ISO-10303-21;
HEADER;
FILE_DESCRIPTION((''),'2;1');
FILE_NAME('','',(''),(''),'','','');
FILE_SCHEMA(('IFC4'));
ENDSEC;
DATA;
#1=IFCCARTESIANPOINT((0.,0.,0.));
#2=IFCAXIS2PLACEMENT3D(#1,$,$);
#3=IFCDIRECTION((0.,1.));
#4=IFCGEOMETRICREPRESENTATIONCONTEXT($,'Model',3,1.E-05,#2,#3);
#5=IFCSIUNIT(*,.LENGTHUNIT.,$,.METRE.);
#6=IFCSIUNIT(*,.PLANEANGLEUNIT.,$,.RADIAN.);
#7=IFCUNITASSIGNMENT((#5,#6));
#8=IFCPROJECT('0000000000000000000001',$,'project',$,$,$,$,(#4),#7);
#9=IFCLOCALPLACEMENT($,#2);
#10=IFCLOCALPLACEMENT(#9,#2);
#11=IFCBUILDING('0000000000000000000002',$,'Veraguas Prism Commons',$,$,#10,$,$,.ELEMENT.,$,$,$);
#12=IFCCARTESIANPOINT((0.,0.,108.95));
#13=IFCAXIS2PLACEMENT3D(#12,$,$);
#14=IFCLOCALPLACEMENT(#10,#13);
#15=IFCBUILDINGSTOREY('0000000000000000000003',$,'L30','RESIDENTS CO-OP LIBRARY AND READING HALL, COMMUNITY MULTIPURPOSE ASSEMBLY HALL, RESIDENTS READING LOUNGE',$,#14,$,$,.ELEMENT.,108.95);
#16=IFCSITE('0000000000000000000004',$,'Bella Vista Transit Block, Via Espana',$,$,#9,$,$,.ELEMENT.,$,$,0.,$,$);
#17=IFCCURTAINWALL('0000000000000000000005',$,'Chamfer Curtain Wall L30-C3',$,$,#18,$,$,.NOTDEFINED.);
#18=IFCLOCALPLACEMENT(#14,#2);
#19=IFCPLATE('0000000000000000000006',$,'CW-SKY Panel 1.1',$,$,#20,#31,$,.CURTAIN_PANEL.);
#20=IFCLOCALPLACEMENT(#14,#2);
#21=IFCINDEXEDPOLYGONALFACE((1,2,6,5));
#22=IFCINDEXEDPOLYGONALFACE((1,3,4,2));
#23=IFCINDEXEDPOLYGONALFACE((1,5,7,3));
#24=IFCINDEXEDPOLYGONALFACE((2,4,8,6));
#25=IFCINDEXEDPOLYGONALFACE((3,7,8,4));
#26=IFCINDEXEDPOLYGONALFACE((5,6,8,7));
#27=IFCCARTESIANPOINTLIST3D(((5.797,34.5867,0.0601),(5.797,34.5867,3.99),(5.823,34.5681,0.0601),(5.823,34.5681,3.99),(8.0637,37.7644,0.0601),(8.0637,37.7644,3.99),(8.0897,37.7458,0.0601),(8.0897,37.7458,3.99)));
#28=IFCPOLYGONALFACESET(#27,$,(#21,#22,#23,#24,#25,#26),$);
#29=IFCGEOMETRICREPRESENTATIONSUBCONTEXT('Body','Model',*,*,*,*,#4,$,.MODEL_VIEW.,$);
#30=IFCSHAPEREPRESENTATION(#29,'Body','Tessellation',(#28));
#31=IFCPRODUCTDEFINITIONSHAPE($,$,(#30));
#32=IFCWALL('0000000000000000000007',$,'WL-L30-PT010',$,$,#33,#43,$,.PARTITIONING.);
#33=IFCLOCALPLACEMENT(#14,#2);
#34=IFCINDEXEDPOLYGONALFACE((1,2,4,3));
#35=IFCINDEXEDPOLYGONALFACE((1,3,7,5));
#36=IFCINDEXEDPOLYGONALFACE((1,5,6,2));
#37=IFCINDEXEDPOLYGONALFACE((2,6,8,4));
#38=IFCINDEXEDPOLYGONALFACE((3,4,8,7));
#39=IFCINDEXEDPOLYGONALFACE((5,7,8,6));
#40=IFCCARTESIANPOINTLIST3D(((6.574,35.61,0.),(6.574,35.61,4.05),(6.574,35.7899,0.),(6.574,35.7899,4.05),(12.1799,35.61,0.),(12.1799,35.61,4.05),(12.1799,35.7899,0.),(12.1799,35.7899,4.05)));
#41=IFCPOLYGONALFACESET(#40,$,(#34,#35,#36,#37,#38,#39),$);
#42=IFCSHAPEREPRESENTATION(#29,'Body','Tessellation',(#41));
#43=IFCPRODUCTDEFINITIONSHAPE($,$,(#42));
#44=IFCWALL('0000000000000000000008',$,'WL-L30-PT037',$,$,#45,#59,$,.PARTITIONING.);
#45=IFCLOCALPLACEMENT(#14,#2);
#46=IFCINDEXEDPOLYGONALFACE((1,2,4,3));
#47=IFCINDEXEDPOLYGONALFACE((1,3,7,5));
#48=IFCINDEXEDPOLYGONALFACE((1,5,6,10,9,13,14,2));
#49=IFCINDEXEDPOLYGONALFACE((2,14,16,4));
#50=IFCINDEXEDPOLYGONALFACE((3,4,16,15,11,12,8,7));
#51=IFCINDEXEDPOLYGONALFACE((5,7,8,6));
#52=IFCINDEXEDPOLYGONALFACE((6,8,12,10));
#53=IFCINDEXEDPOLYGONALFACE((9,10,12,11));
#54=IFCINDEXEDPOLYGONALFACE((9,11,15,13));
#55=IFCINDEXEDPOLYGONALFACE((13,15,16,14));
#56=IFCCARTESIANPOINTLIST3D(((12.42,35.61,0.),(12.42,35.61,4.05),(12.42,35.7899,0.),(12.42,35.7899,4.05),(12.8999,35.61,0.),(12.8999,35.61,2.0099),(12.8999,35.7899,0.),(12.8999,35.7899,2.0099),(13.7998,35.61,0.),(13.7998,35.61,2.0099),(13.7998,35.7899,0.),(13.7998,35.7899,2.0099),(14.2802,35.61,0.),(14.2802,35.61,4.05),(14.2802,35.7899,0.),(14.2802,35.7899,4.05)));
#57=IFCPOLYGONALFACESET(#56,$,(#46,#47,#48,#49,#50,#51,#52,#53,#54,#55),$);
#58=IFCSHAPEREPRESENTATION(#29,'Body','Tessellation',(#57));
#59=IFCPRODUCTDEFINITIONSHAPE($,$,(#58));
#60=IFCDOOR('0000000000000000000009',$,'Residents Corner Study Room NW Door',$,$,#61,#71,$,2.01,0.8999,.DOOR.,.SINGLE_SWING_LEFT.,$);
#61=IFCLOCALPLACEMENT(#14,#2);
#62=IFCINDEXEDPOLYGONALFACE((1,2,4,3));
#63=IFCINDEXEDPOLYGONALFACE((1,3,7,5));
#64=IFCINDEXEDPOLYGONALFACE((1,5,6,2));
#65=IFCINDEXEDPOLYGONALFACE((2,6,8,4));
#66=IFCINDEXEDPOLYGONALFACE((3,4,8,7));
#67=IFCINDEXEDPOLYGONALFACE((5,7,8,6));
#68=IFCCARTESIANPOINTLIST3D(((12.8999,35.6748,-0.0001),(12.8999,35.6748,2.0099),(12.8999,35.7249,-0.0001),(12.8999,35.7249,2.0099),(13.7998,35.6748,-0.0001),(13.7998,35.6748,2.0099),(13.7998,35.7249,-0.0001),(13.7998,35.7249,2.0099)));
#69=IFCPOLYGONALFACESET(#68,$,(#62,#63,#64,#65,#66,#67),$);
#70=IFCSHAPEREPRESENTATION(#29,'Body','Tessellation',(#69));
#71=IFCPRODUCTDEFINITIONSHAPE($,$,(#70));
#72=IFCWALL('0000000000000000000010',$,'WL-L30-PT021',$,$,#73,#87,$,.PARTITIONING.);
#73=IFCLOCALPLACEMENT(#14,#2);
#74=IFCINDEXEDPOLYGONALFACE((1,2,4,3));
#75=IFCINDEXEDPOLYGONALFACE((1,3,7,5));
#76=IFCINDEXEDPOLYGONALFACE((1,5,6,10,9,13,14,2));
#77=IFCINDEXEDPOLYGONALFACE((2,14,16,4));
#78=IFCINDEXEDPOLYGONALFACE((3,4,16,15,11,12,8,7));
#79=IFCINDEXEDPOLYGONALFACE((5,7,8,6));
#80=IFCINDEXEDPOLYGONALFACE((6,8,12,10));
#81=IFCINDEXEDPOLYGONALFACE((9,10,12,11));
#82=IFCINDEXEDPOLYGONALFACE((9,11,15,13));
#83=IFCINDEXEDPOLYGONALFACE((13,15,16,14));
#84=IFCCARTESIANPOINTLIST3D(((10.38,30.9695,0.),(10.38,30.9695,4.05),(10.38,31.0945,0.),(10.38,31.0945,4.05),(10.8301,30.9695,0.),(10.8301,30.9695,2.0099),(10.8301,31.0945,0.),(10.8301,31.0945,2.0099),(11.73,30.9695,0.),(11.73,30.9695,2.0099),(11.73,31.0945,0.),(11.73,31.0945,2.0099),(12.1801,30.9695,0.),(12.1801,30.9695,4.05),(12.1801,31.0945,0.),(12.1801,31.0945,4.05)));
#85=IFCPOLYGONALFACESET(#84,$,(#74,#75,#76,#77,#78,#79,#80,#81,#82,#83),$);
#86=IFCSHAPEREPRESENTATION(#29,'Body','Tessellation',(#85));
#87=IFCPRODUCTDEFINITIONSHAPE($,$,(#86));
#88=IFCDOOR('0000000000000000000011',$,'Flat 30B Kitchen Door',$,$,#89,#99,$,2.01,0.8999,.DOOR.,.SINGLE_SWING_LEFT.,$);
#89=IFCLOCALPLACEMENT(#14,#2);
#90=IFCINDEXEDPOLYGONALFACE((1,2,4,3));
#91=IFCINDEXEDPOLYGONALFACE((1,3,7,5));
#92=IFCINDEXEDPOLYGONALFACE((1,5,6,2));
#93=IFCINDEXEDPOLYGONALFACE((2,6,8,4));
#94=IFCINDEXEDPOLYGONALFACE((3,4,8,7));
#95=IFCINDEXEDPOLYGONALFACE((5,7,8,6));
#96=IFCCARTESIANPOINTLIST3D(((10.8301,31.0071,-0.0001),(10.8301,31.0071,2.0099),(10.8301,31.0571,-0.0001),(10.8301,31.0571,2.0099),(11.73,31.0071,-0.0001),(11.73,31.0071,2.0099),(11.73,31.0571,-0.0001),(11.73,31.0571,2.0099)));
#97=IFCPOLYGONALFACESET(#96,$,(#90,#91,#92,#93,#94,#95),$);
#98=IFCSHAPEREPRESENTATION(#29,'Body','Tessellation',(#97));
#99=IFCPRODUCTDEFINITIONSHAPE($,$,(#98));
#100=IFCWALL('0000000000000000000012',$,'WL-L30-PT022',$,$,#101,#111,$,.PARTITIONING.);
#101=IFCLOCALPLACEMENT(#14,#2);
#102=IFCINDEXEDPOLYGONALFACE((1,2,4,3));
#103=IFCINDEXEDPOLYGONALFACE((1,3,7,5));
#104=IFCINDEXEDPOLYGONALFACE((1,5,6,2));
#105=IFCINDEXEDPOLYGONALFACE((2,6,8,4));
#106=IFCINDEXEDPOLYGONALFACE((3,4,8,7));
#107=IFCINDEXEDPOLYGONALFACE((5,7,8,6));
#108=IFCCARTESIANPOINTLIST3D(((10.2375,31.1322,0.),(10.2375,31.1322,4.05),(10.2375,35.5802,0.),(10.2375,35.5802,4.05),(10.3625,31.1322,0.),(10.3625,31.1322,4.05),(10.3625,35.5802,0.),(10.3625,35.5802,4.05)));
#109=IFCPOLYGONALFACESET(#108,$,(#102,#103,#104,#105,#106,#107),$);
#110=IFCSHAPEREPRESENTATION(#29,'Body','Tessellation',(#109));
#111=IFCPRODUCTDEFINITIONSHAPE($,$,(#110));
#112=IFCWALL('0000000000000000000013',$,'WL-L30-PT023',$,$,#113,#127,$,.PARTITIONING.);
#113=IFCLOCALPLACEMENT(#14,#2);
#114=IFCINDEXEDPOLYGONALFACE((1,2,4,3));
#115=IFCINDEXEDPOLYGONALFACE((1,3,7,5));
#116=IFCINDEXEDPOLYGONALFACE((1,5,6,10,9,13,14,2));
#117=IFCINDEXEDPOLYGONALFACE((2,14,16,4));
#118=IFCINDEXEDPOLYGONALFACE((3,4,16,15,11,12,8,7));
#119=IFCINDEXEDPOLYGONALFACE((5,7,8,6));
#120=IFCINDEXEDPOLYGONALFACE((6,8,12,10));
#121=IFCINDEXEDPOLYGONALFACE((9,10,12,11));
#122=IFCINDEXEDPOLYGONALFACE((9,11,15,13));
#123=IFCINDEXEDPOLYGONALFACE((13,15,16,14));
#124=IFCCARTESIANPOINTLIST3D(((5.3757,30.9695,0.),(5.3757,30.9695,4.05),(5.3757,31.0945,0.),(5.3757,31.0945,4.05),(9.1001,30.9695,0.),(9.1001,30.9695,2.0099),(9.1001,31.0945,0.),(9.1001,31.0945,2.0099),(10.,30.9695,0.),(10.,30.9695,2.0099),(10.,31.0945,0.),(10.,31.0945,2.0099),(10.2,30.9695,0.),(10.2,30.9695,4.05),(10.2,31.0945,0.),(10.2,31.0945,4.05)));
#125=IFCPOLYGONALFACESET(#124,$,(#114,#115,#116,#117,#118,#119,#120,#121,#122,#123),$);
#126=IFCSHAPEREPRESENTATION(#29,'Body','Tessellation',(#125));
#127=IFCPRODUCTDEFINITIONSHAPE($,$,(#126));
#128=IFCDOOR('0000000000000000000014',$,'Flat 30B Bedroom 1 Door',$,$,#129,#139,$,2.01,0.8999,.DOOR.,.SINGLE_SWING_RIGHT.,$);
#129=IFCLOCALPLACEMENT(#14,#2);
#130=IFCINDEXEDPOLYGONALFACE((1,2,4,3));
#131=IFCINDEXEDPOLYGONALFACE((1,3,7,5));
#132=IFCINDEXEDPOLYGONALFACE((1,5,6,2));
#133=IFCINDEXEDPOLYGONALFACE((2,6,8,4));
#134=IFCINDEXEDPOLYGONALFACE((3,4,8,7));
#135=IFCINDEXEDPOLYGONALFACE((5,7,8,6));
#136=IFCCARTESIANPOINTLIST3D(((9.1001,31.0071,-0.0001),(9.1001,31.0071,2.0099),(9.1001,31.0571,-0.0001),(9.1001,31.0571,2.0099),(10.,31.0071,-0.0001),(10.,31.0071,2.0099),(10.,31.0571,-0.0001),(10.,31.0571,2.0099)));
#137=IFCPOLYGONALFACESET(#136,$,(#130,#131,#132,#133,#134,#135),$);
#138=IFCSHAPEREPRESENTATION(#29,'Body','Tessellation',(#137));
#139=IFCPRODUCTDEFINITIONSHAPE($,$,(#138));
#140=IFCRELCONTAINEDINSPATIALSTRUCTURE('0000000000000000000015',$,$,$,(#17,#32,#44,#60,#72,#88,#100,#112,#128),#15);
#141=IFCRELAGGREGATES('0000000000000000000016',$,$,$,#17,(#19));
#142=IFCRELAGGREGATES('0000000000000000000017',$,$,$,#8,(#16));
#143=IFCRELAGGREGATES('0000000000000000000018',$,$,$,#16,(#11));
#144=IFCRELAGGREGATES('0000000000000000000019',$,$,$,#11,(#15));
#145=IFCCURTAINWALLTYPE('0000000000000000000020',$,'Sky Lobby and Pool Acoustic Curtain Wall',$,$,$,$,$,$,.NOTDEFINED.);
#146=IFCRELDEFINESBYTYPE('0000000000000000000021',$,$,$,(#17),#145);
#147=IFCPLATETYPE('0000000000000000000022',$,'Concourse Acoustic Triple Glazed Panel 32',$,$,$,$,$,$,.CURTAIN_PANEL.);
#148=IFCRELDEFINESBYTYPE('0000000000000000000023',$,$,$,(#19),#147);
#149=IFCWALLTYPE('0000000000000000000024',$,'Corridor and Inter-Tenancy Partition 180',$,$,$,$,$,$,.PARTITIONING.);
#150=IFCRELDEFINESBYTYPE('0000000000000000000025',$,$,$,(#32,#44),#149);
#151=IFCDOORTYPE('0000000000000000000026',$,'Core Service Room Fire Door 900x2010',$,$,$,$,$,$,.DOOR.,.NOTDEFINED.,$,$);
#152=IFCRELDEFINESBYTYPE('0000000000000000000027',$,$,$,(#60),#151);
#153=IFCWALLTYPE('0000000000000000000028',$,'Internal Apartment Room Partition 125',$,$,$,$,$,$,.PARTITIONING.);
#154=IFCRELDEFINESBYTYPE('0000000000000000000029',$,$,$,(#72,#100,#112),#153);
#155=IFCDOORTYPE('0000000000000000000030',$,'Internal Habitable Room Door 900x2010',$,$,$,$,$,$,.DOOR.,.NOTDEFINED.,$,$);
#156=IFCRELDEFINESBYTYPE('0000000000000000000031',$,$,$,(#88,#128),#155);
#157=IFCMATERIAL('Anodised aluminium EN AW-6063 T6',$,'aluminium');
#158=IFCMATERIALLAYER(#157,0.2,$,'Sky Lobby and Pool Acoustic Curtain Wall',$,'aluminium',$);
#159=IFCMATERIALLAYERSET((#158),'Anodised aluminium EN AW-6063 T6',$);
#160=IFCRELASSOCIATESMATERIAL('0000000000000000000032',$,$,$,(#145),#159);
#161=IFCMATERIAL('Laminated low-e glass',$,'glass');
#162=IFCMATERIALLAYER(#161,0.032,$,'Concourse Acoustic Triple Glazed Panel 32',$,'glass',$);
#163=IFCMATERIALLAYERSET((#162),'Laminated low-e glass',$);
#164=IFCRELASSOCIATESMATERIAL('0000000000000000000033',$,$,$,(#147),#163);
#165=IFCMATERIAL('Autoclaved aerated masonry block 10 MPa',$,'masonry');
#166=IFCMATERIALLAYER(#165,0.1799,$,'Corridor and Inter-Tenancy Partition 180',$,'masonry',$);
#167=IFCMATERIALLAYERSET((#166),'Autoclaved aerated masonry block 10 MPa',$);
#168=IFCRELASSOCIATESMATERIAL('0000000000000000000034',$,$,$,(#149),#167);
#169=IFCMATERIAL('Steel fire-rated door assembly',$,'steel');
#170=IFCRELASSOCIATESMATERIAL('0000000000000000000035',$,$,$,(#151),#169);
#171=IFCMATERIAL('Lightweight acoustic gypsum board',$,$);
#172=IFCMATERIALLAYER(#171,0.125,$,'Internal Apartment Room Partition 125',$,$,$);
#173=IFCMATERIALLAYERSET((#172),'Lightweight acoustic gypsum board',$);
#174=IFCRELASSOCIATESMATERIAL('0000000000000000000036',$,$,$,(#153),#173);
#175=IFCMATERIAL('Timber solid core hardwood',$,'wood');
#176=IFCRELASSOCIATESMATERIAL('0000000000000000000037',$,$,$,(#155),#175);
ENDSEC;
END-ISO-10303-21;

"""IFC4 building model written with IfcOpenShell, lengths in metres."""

from ifc_helpers import new_model, si_unit, direction, frame, frame_2d, origin, origin_2d, place, context, subcontext, project, spatial, rectangle, extrude, source, transform, mapped, material, layer, layer_set, type_object, element, fill, aggregate, save


model = new_model("IFC4")

# Units and contexts
model_context = context("Model", 3, precision=1e-05, world=origin(), true_north=direction((0.0, 1.0)))
body_context = subcontext(model_context, "Body", "Model", "MODEL_VIEW")
ifc_project = project(units=[si_unit("LENGTHUNIT", "METRE"), si_unit("PLANEANGLEUNIT", "RADIAN")], contexts=[model_context])

# Site, building, storey
site_placement = place(None, origin())
site = spatial("IfcSite", under=ifc_project, at=site_placement, Name="Bella Vista Transit Block, Via Espana", CompositionType="ELEMENT", RefElevation=0.0)
building_placement = place(site_placement, origin())
building = spatial("IfcBuilding", under=site, at=building_placement, Name="Veraguas Prism Commons", CompositionType="ELEMENT")
storey_placement = place(building_placement, frame((0.0, 0.0, 108.95)))
storey = spatial("IfcBuildingStorey", under=building, at=storey_placement, Name="L30", Description="RESIDENTS CO-OP LIBRARY AND READING HALL, COMMUNITY MULTIPURPOSE ASSEMBLY HALL, RESIDENTS READING LOUNGE", CompositionType="ELEMENT", Elevation=108.95)

# Shared definitions
ifc_material_1 = material(Name="Anodised aluminium EN AW-6063 T6", Category="aluminium")
ifc_layer_1 = layer(ifc_material_1, 0.2, Name="Sky Lobby and Pool Acoustic Curtain Wall", Category="aluminium")
ifc_layer_set_1 = layer_set([ifc_layer_1], Name="Anodised aluminium EN AW-6063 T6")
curtain_wall_type = type_object("IfcCurtainWallType", Name="Sky Lobby and Pool Acoustic Curtain Wall", PredefinedType="NOTDEFINED", material=ifc_layer_set_1)

# Curtain wall
curtain_wall_1_placement = place(storey_placement, origin())
curtain_wall_1 = element("IfcCurtainWall", 1, at=curtain_wall_1_placement, inside=storey, type_object=curtain_wall_type, Name="Chamfer Curtain Wall L30-C3", PredefinedType="NOTDEFINED")

# Plate
ifc_material_2 = material(Name="Laminated low-e glass", Category="glass")
ifc_layer_2 = layer(ifc_material_2, 0.032, Name="Concourse Acoustic Triple Glazed Panel 32", Category="glass")
ifc_layer_set_2 = layer_set([ifc_layer_2], Name="Laminated low-e glass")
plate_type = type_object("IfcPlateType", Name="Concourse Acoustic Triple Glazed Panel 32", PredefinedType="CURTAIN_PANEL", material=ifc_layer_set_2)
shared_shape_1 = source(origin(), body_context, "Body", "SweptSolid", [
    extrude(rectangle(XDim=3.9033, YDim=0.032, at=origin_2d()), origin(), (0.0, 0.0, 1.0), 3.9299),
])
plate_1_placement = place(storey_placement, frame((6.9434, 36.1663, 0.0601), z_axis=(0.0, 0.0, 1.0), x_axis=(-0.58072, -0.814103, 0.0)))
plate_1 = element("IfcPlate", 2, at=plate_1_placement, type_object=plate_type, Name="CW-SKY Panel 1.1", PredefinedType="CURTAIN_PANEL", context=body_context, shape_type="MappedRepresentation", body=[
    mapped(shared_shape_1, transform((0.0, 0.0, 0.0), scale=1.0)),
])
aggregate(curtain_wall_1, [plate_1])

# Wall
ifc_material_3 = material(Name="Autoclaved aerated masonry block 10 MPa", Category="masonry")
ifc_layer_3 = layer(ifc_material_3, 0.1799, Name="Corridor and Inter-Tenancy Partition 180", Category="masonry")
ifc_layer_set_3 = layer_set([ifc_layer_3], Name="Autoclaved aerated masonry block 10 MPa")
wall_type_1 = type_object("IfcWallType", Name="Corridor and Inter-Tenancy Partition 180", PredefinedType="PARTITIONING", material=ifc_layer_set_3)
wall_1_placement = place(storey_placement, frame((12.1799, 35.7, 0.0), z_axis=(0.0, 0.0, 1.0), x_axis=(-1.0, 0.0, 0.0)))
element("IfcWall", 3, at=wall_1_placement, inside=storey, type_object=wall_type_1, Name="WL-L30-PT010", PredefinedType="PARTITIONING", context=body_context, shape_type="SweptSolid", body=[
    extrude(rectangle(XDim=5.606, YDim=0.1799, at=frame_2d((2.803, 0.0))), origin(), (0.0, 0.0, 1.0), 4.05),
])

# Walls, openings, doors
wall_2_placement = place(storey_placement, frame((12.4199, 35.7, 0.0), z_axis=(0.0, 0.0, 1.0), x_axis=(1.0, 0.0, 0.0)))
wall_2 = element("IfcWall", 4, at=wall_2_placement, inside=storey, type_object=wall_type_1, Name="WL-L30-PT037", PredefinedType="PARTITIONING", context=body_context, shape_type="SweptSolid", body=[
    extrude(rectangle(XDim=1.8601, YDim=0.1799, at=frame_2d((0.9302, 0.0))), origin(), (0.0, 0.0, 1.0), 4.05),
])
opening_1_placement = place(wall_2_placement, frame((0.48, 0.0, 0.0)))
opening_1 = element("IfcOpeningElement", 5, at=opening_1_placement, cuts=wall_2, PredefinedType="OPENING", context=body_context, shape_type="SweptSolid", body=[
    extrude(rectangle(XDim=0.8999, YDim=2.01, at=frame_2d((0.45, 1.0049))), frame((0.0, 0.0999, 0.0), z_axis=(0.0, -1.0, 0.0), x_axis=(1.0, 0.0, 0.0)), (0.0, 0.0, 1.0), 0.2),
])
ifc_material_4 = material(Name="Steel fire-rated door assembly", Category="steel")
door_type_1 = type_object("IfcDoorType", Name="Core Service Room Fire Door 900x2010", OperationType="NOTDEFINED", PredefinedType="DOOR", material=ifc_material_4)
shared_shape_2 = source(origin(), body_context, "Body", "SweptSolid", [
    extrude(rectangle(XDim=0.8999, YDim=2.01, at=frame_2d((0.45, 1.0049))), frame((0.0, 0.0249, 0.0), z_axis=(0.0, -1.0, 0.0), x_axis=(1.0, 0.0, 0.0)), (0.0, 0.0, 1.0), 0.05),
])
door_1_placement = place(opening_1_placement, origin())
door_1 = element("IfcDoor", 6, at=door_1_placement, inside=storey, type_object=door_type_1, Name="Residents Corner Study Room NW Door", OperationType="SINGLE_SWING_LEFT", OverallHeight=2.01, OverallWidth=0.8999, PredefinedType="DOOR", context=body_context, shape_type="MappedRepresentation", body=[
    mapped(shared_shape_2, transform((0.0, 0.0, 0.0), scale=1.0)),
])
fill(opening_1, door_1)
ifc_material_5 = material(Name="Lightweight acoustic gypsum board")
ifc_layer_4 = layer(ifc_material_5, 0.125, Name="Internal Apartment Room Partition 125")
ifc_layer_set_4 = layer_set([ifc_layer_4], Name="Lightweight acoustic gypsum board")
wall_type_2 = type_object("IfcWallType", Name="Internal Apartment Room Partition 125", PredefinedType="PARTITIONING", material=ifc_layer_set_4)
wall_3_placement = place(storey_placement, frame((12.1799, 31.032, 0.0), z_axis=(0.0, 0.0, 1.0), x_axis=(-1.0, 0.0, 0.0)))
wall_3 = element("IfcWall", 7, at=wall_3_placement, inside=storey, type_object=wall_type_2, Name="WL-L30-PT021", PredefinedType="PARTITIONING", context=body_context, shape_type="SweptSolid", body=[
    extrude(rectangle(XDim=1.8, YDim=0.125, at=frame_2d((0.8999, 0.0))), origin(), (0.0, 0.0, 1.0), 4.05),
])
opening_2_placement = place(wall_3_placement, frame((0.45, 0.0, 0.0)))
opening_2 = element("IfcOpeningElement", 8, at=opening_2_placement, cuts=wall_3, PredefinedType="OPENING", context=body_context, shape_type="SweptSolid", body=[
    extrude(rectangle(XDim=0.8999, YDim=2.01, at=frame_2d((0.45, 1.0049))), frame((0.0, 0.0725, 0.0), z_axis=(0.0, -1.0, 0.0), x_axis=(1.0, 0.0, 0.0)), (0.0, 0.0, 1.0), 0.145),
])
ifc_material_6 = material(Name="Timber solid core hardwood", Category="wood")
door_type_2 = type_object("IfcDoorType", Name="Internal Habitable Room Door 900x2010", OperationType="NOTDEFINED", PredefinedType="DOOR", material=ifc_material_6)
door_2_placement = place(opening_2_placement, origin())
door_2 = element("IfcDoor", 9, at=door_2_placement, inside=storey, type_object=door_type_2, Name="Flat 30B Kitchen Door", OperationType="SINGLE_SWING_LEFT", OverallHeight=2.01, OverallWidth=0.8999, PredefinedType="DOOR", context=body_context, shape_type="MappedRepresentation", body=[
    mapped(shared_shape_2, transform((0.0, 0.0, 0.0), scale=1.0)),
])
fill(opening_2, door_2)

# Wall
wall_4_placement = place(storey_placement, frame((10.3, 31.1321, 0.0), z_axis=(0.0, 0.0, 1.0), x_axis=(0.0, 1.0, 0.0)))
element("IfcWall", 10, at=wall_4_placement, inside=storey, type_object=wall_type_2, Name="WL-L30-PT022", PredefinedType="PARTITIONING", context=body_context, shape_type="SweptSolid", body=[
    extrude(rectangle(XDim=4.448, YDim=0.125, at=frame_2d((2.2241, 0.0))), origin(), (0.0, 0.0, 1.0), 4.05),
])

# Wall, opening, door
wall_5_placement = place(storey_placement, frame((10.2, 31.032, 0.0), z_axis=(0.0, 0.0, 1.0), x_axis=(-1.0, 0.0, 0.0)))
wall_5 = element("IfcWall", 11, at=wall_5_placement, inside=storey, type_object=wall_type_2, Name="WL-L30-PT023", PredefinedType="PARTITIONING", context=body_context, shape_type="SweptSolid", body=[
    extrude(rectangle(XDim=4.8242, YDim=0.125, at=frame_2d((2.4121, 0.0))), origin(), (0.0, 0.0, 1.0), 4.05),
])
opening_3_placement = place(wall_5_placement, frame((0.2, 0.0, 0.0)))
opening_3 = element("IfcOpeningElement", 12, at=opening_3_placement, cuts=wall_5, PredefinedType="OPENING", context=body_context, shape_type="SweptSolid", body=[
    extrude(rectangle(XDim=0.8999, YDim=2.01, at=frame_2d((0.45, 1.0049))), frame((0.0, 0.0725, 0.0), z_axis=(0.0, -1.0, 0.0), x_axis=(1.0, 0.0, 0.0)), (0.0, 0.0, 1.0), 0.145),
])
door_3_placement = place(opening_3_placement, origin())
door_3 = element("IfcDoor", 13, at=door_3_placement, inside=storey, type_object=door_type_2, Name="Flat 30B Bedroom 1 Door", OperationType="SINGLE_SWING_RIGHT", OverallHeight=2.01, OverallWidth=0.8999, PredefinedType="DOOR", context=body_context, shape_type="MappedRepresentation", body=[
    mapped(shared_shape_2, transform((0.0, 0.0, 0.0), scale=1.0)),
])
fill(opening_3, door_3)

save(model, "model.ifc")
